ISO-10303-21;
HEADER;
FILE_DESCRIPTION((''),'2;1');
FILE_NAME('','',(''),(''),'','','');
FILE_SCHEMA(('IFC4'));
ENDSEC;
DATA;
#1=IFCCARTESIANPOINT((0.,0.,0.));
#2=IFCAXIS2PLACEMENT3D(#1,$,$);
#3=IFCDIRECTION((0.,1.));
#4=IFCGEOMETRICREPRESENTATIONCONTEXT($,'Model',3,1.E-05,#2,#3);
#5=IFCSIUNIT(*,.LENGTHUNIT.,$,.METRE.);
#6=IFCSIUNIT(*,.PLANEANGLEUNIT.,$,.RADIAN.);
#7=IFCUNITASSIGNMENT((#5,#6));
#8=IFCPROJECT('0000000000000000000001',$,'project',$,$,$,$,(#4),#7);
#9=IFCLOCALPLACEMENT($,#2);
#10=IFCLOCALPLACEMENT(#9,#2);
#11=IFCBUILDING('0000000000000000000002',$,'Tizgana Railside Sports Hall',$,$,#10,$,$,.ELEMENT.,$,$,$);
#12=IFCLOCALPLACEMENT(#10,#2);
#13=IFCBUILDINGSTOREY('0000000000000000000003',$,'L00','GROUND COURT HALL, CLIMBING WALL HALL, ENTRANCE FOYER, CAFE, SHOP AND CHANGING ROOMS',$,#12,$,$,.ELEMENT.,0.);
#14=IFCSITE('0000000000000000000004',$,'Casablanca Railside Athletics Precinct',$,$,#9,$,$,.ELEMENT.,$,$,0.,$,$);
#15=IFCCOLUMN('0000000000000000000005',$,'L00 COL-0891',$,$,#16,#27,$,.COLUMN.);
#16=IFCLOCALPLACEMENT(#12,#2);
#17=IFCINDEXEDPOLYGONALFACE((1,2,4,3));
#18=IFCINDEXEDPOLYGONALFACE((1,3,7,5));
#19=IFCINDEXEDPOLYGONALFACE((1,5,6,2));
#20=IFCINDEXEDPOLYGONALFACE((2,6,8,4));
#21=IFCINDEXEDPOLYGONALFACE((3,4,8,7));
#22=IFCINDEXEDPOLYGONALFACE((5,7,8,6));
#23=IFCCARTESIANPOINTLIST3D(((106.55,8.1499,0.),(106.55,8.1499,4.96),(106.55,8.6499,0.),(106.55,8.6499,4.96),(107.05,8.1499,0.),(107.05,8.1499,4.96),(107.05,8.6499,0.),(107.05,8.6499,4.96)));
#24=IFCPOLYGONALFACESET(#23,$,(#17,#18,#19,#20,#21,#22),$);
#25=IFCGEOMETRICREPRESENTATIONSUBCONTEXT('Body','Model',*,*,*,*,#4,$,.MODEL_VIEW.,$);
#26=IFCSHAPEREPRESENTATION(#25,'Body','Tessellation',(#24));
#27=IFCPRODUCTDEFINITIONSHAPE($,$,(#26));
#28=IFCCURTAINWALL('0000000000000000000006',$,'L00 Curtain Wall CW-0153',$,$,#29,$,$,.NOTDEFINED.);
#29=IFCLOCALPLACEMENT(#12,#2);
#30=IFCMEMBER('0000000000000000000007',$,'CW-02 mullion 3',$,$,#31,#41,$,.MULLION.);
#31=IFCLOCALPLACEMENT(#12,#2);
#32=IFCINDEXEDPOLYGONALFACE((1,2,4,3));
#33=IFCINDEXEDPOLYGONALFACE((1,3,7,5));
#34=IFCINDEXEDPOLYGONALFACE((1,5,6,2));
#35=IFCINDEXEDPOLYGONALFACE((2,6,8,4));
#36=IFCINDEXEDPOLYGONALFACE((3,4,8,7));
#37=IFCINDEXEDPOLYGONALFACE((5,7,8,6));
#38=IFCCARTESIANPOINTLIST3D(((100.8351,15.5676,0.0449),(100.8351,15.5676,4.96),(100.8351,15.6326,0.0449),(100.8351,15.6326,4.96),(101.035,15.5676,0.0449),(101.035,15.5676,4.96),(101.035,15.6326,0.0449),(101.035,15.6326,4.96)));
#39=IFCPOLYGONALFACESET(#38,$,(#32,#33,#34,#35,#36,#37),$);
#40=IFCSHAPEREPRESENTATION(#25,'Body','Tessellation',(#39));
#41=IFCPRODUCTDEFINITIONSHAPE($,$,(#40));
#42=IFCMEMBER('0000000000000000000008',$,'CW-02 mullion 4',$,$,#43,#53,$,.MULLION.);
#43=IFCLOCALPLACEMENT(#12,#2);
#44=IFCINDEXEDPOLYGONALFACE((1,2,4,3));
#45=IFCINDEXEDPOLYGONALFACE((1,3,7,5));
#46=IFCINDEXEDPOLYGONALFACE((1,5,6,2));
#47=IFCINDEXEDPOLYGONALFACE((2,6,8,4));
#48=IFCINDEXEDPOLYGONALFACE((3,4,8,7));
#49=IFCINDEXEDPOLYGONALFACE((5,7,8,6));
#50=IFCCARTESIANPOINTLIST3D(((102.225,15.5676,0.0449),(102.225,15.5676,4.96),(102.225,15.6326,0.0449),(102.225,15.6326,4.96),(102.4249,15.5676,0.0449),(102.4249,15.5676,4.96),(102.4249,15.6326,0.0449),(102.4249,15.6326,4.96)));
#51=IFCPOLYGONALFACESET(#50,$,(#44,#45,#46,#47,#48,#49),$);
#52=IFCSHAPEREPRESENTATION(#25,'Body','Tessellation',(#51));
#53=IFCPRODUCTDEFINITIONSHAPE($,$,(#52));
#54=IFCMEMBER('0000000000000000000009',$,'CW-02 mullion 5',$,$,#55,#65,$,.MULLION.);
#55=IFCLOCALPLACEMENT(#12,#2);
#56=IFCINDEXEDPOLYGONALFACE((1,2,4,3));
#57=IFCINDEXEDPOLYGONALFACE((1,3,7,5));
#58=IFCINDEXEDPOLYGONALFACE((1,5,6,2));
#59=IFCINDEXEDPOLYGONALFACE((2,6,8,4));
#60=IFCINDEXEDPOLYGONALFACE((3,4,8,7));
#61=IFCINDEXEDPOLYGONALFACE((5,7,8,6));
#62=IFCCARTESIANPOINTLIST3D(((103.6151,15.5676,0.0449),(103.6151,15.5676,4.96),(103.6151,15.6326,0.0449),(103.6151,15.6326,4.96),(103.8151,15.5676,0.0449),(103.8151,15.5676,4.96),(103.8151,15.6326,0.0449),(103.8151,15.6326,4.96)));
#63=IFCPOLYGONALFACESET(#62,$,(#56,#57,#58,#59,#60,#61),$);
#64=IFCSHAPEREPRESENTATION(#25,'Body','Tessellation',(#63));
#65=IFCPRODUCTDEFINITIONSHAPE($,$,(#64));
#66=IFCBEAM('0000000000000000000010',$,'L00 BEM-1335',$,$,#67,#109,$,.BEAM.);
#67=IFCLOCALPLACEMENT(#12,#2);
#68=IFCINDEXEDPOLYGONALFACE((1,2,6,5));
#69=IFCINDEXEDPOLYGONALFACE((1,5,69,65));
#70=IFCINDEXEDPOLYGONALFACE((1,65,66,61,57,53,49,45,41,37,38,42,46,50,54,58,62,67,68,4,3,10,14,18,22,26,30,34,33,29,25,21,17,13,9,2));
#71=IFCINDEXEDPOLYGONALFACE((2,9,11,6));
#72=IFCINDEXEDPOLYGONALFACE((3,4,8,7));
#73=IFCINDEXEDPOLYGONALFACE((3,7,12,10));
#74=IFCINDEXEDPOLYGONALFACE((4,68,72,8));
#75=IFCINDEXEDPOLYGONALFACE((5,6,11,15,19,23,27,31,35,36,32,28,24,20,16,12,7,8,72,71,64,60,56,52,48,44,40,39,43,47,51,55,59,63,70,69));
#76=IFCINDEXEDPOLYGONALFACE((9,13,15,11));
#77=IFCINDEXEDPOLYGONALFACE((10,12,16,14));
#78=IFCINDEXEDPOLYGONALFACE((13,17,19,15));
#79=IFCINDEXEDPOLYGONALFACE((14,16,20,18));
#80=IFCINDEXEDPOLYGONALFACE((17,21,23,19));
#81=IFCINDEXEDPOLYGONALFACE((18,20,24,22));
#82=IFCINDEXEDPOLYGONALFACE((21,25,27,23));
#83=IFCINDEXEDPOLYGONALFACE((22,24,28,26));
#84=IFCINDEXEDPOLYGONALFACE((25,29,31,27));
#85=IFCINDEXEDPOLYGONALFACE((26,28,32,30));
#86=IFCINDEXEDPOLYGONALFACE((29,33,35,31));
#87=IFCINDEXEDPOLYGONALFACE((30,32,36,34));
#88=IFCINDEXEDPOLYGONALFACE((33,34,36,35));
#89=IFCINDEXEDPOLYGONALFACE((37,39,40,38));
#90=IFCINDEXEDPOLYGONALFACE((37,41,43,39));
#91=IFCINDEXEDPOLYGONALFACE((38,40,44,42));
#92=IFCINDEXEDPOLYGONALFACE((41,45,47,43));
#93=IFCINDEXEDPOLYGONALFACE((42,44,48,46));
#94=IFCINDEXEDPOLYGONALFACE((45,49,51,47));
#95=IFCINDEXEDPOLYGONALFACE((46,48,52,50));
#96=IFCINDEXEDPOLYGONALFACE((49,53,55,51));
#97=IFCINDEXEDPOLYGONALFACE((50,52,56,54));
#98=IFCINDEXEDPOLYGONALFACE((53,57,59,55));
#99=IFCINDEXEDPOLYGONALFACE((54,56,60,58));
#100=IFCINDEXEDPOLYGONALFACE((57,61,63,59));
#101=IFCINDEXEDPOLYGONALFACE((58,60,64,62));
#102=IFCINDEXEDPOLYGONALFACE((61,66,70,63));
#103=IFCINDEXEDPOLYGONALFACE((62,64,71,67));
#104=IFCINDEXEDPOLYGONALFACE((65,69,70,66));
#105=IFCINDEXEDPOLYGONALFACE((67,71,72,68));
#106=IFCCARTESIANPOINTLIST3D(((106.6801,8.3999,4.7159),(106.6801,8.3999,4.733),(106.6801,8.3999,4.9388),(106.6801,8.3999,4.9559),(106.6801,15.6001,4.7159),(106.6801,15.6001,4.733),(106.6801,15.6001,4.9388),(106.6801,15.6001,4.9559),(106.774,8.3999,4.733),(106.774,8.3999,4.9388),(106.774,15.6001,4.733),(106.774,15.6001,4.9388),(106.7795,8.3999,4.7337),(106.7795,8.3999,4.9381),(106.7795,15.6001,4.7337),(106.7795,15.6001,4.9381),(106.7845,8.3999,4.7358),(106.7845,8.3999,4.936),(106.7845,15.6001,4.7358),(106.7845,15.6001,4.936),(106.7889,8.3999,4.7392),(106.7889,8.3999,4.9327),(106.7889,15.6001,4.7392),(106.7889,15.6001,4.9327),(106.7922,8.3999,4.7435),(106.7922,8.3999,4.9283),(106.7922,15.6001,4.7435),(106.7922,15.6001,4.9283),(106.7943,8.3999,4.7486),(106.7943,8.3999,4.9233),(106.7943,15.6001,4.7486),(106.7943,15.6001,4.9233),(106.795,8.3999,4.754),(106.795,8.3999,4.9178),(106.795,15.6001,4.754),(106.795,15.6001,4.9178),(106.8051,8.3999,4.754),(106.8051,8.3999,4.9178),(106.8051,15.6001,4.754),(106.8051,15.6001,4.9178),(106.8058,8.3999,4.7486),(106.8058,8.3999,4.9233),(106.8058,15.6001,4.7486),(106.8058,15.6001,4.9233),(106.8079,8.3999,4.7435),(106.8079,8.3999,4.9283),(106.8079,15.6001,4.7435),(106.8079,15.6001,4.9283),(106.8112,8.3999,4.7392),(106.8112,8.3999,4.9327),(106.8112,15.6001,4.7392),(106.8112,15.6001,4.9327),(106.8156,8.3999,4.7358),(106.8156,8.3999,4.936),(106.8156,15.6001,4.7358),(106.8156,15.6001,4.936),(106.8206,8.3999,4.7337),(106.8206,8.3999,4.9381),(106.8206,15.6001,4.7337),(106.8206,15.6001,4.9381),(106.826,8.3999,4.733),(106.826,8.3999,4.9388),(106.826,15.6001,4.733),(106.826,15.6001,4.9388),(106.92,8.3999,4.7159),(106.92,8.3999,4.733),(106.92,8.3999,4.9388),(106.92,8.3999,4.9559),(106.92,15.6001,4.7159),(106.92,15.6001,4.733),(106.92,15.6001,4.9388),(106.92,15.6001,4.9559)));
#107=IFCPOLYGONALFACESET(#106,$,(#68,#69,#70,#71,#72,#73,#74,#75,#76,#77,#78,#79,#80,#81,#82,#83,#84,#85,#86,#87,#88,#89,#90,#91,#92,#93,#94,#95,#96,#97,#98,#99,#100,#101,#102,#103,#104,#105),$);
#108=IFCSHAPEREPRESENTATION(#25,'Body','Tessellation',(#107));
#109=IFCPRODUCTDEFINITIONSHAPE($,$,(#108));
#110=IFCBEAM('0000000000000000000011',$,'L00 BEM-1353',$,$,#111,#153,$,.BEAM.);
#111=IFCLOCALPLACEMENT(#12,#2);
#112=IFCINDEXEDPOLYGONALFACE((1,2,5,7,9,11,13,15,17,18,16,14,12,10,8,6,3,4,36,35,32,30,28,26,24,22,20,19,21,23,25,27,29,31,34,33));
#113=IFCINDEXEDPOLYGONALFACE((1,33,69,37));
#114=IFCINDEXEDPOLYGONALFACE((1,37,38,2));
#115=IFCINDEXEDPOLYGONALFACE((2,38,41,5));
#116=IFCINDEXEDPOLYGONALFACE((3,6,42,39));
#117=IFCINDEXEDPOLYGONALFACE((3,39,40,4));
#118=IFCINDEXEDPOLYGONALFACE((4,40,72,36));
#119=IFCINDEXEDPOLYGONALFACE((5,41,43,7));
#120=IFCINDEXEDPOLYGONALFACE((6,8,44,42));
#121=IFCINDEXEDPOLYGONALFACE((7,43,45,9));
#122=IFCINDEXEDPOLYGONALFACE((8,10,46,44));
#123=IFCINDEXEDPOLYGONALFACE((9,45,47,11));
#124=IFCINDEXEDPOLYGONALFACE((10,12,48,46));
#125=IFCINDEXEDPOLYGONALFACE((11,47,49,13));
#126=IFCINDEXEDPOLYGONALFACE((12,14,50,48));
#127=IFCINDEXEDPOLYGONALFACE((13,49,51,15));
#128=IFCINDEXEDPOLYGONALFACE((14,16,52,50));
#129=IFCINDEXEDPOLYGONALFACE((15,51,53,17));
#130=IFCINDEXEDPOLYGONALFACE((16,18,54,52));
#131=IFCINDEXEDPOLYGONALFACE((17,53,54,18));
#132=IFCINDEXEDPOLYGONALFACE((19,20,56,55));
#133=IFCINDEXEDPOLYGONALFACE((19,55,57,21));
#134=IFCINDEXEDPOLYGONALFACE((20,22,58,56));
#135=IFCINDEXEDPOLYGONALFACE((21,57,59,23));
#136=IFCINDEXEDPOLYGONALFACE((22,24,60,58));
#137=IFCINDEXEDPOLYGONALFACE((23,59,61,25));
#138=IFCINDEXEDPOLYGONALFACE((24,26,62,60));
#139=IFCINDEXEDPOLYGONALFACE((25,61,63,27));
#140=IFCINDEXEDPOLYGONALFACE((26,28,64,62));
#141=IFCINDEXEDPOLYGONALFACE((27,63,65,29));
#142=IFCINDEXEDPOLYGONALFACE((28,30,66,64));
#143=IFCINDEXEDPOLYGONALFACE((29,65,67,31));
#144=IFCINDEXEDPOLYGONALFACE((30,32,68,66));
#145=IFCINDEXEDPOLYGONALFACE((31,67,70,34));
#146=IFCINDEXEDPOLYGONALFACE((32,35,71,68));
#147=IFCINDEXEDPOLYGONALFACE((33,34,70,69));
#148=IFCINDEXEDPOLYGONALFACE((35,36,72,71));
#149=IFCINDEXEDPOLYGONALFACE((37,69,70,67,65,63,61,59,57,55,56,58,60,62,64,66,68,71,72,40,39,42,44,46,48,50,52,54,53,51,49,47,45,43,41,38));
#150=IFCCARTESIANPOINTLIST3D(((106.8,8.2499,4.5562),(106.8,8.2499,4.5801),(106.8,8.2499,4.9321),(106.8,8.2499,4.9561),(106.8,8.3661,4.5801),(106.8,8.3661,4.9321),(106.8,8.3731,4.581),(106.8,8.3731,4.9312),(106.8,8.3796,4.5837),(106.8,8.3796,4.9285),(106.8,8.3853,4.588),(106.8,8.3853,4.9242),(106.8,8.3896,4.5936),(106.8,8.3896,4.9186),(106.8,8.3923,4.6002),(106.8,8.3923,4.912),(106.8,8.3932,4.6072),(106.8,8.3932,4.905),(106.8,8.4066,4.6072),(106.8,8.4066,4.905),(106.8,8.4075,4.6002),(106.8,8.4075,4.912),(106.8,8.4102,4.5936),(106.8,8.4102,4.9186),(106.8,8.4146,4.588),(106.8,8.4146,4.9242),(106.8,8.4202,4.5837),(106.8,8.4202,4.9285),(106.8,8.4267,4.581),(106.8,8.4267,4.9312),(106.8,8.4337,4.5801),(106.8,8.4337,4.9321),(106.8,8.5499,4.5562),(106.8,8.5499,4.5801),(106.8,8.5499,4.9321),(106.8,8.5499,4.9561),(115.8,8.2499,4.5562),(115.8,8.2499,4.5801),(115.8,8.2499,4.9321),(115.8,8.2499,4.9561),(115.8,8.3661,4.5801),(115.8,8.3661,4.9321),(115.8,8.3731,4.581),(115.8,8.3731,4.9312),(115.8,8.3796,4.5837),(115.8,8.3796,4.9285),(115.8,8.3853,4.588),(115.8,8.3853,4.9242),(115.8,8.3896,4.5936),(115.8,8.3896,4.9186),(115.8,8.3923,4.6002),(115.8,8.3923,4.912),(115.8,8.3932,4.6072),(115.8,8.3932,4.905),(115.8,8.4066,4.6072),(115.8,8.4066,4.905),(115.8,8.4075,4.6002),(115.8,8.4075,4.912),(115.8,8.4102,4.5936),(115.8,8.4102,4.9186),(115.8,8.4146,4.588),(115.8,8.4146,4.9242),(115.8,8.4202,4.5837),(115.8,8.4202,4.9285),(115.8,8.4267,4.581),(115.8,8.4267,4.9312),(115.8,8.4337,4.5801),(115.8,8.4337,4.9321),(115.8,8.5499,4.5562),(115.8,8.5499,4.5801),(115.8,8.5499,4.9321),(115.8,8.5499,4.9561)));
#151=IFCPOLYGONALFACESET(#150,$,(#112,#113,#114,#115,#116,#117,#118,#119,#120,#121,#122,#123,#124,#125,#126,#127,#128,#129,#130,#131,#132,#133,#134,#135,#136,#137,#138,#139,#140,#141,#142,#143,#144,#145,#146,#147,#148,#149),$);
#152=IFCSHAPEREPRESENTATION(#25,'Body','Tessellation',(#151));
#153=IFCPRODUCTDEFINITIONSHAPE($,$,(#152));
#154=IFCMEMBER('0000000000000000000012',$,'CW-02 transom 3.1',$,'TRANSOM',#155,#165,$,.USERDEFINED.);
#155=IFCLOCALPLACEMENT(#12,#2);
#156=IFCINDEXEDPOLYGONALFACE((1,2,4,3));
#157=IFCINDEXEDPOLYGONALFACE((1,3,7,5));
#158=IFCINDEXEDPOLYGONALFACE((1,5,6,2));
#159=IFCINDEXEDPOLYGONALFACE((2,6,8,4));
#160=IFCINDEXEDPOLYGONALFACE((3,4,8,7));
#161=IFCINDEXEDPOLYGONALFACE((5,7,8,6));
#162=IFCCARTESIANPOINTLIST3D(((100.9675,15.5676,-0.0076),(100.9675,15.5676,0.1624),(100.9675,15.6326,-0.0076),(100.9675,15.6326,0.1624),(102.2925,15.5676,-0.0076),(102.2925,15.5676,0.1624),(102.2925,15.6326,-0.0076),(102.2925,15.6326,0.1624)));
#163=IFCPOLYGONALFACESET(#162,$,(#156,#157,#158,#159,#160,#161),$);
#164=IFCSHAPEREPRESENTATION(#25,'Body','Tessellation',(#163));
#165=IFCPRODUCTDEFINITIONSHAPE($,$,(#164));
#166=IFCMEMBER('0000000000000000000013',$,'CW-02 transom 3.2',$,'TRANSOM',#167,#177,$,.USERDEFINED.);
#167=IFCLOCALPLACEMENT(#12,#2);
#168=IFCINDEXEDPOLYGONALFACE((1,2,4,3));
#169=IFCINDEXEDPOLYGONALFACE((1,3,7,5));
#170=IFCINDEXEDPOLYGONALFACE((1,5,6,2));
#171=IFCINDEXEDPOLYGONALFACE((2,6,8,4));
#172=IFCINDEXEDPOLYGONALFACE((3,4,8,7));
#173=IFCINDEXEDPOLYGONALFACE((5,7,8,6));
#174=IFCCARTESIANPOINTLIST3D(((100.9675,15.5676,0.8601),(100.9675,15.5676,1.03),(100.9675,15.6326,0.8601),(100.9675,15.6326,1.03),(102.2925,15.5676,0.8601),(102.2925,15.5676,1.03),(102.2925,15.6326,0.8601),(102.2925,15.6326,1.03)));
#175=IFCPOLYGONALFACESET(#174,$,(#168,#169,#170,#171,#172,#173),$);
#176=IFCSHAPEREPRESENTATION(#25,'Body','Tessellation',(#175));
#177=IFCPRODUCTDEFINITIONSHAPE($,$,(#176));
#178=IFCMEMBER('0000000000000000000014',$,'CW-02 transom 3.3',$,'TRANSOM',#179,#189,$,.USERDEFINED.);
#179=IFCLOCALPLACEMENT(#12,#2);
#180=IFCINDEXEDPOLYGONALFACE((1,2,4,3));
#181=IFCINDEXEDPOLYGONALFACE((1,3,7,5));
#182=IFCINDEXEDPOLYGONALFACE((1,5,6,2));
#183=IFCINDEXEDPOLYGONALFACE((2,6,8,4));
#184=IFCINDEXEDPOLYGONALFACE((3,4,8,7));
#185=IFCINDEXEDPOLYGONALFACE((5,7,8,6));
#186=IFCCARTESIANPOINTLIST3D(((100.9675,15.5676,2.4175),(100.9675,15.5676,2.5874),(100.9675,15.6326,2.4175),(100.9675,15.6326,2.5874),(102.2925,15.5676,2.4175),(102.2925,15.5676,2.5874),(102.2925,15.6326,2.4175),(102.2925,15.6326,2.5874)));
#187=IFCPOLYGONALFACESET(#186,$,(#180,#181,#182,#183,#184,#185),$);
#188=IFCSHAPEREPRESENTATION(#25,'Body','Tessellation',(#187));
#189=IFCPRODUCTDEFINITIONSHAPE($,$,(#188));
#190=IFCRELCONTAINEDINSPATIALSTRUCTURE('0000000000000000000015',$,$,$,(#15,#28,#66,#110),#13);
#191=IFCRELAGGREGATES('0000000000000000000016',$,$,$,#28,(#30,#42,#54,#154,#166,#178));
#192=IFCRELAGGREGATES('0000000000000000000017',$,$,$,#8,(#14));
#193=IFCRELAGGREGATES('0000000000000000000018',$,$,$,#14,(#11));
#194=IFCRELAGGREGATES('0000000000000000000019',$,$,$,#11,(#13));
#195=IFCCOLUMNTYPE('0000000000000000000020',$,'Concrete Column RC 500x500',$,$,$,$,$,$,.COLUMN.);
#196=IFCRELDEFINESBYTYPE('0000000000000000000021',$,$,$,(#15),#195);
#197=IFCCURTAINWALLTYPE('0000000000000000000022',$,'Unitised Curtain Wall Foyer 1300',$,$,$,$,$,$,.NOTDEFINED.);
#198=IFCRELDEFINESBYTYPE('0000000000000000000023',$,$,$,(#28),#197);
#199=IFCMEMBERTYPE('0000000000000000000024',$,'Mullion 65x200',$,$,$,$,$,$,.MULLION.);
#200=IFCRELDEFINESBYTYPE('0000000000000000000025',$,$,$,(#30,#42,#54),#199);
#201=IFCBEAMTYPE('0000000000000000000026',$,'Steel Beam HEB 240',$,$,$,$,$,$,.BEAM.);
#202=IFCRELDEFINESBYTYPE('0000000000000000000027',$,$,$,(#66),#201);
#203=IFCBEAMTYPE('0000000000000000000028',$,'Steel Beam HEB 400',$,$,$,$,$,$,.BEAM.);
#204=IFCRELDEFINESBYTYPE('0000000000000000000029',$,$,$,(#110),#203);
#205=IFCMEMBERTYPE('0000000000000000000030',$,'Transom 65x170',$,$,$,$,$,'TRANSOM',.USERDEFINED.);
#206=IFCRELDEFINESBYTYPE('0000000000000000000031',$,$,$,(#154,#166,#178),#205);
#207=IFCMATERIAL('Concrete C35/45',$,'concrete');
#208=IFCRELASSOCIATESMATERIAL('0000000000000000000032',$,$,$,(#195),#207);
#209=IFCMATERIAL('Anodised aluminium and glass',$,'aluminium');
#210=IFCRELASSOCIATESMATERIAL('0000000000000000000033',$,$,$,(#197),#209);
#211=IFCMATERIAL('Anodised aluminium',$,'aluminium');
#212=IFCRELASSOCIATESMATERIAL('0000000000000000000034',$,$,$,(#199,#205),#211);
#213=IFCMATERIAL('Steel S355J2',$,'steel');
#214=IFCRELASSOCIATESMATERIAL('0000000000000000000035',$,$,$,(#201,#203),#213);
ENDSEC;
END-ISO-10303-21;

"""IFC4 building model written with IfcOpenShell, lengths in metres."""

from ifc_helpers import new_model, si_unit, direction, frame, origin, origin_2d, place, context, subcontext, project, spatial, rectangle, i_section, extrude, material, material_profile, profile_set, type_object, element, aggregate, save


model = new_model("IFC4")

# Units and contexts
model_context = context("Model", 3, precision=1e-05, world=origin(), true_north=direction((0.0, 1.0)))
body_context = subcontext(model_context, "Body", "Model", "MODEL_VIEW")
ifc_project = project(units=[si_unit("LENGTHUNIT", "METRE"), si_unit("PLANEANGLEUNIT", "RADIAN")], contexts=[model_context])

# Site, building, storey
site_placement = place(None, origin())
site = spatial("IfcSite", under=ifc_project, at=site_placement, Name="Casablanca Railside Athletics Precinct", CompositionType="ELEMENT", RefElevation=0.0)
building_placement = place(site_placement, origin())
building = spatial("IfcBuilding", under=site, at=building_placement, Name="Tizgana Railside Sports Hall", CompositionType="ELEMENT")
storey_placement = place(building_placement, origin())
storey = spatial("IfcBuildingStorey", under=building, at=storey_placement, Name="L00", Description="GROUND COURT HALL, CLIMBING WALL HALL, ENTRANCE FOYER, CAFE, SHOP AND CHANGING ROOMS", CompositionType="ELEMENT", Elevation=0.0)

# Column
ifc_material_1 = material(Name="Concrete C35/45", Category="concrete")
ifc_material_profile_1 = material_profile(ifc_material_1, rectangle(XDim=0.5, YDim=0.5, at=origin_2d()), Name="RC 500x500")
ifc_profile_set_1 = profile_set([ifc_material_profile_1], Name="Concrete C35/45")
column_type = type_object("IfcColumnType", Name="Concrete Column RC 500x500", PredefinedType="COLUMN", material=ifc_profile_set_1)
column_placement = place(storey_placement, frame((106.8, 8.3999, 0.0), z_axis=(0.0, 0.0, 1.0), x_axis=(1.0, 0.0, 0.0)))
element("IfcColumn", 1, at=column_placement, inside=storey, type_object=column_type, Name="L00 COL-0891", PredefinedType="COLUMN", context=body_context, shape_type="SweptSolid", body=[
    extrude(rectangle(XDim=0.5, YDim=0.5, at=origin_2d()), origin(), (0.0, 0.0, 1.0), 4.96),
])

# Curtain wall, members
ifc_material_2 = material(Name="Anodised aluminium and glass", Category="aluminium")
curtain_wall_type = type_object("IfcCurtainWallType", Name="Unitised Curtain Wall Foyer 1300", PredefinedType="NOTDEFINED", material=ifc_material_2)
curtain_wall_placement = place(storey_placement, origin())
curtain_wall = element("IfcCurtainWall", 2, at=curtain_wall_placement, inside=storey, type_object=curtain_wall_type, Name="L00 Curtain Wall CW-0153", PredefinedType="NOTDEFINED")
ifc_material_3 = material(Name="Anodised aluminium", Category="aluminium")
ifc_material_profile_2 = material_profile(ifc_material_3, rectangle(XDim=0.0649, YDim=0.2, at=origin_2d()), Name="Mullion 65x200")
ifc_profile_set_2 = profile_set([ifc_material_profile_2], Name="Anodised aluminium")
member_type_1 = type_object("IfcMemberType", Name="Mullion 65x200", PredefinedType="MULLION", material=ifc_profile_set_2)
member_1_placement = place(storey_placement, frame((100.9351, 15.6001, 0.0449), z_axis=(0.0, 0.0, 1.0), x_axis=(0.0, 1.0, 0.0)))
member_1 = element("IfcMember", 3, at=member_1_placement, type_object=member_type_1, Name="CW-02 mullion 3", PredefinedType="MULLION", context=body_context, shape_type="SweptSolid", body=[
    extrude(rectangle(XDim=0.0649, YDim=0.2, at=origin_2d()), origin(), (0.0, 0.0, 1.0), 4.915),
])
member_2_placement = place(storey_placement, frame((102.325, 15.6001, 0.0449), z_axis=(0.0, 0.0, 1.0), x_axis=(0.0, 1.0, 0.0)))
member_2 = element("IfcMember", 4, at=member_2_placement, type_object=member_type_1, Name="CW-02 mullion 4", PredefinedType="MULLION", context=body_context, shape_type="SweptSolid", body=[
    extrude(rectangle(XDim=0.0649, YDim=0.2, at=origin_2d()), origin(), (0.0, 0.0, 1.0), 4.915),
])
member_3_placement = place(storey_placement, frame((103.7151, 15.6001, 0.0449), z_axis=(0.0, 0.0, 1.0), x_axis=(0.0, 1.0, 0.0)))
member_3 = element("IfcMember", 5, at=member_3_placement, type_object=member_type_1, Name="CW-02 mullion 5", PredefinedType="MULLION", context=body_context, shape_type="SweptSolid", body=[
    extrude(rectangle(XDim=0.0649, YDim=0.2, at=origin_2d()), origin(), (0.0, 0.0, 1.0), 4.915),
])

# Beams
ifc_material_4 = material(Name="Steel S355J2", Category="steel")
ifc_material_profile_3 = material_profile(ifc_material_4, i_section(OverallWidth=0.24, OverallDepth=0.24, WebThickness=0.01, FlangeThickness=0.0171, FilletRadius=0.021, at=origin_2d()), Name="HEB 240")
ifc_profile_set_3 = profile_set([ifc_material_profile_3], Name="Steel S355J2")
beam_type_1 = type_object("IfcBeamType", Name="Steel Beam HEB 240", PredefinedType="BEAM", material=ifc_profile_set_3)
beam_1_placement = place(storey_placement, frame((106.8, 8.3999, 4.8359), z_axis=(0.0, 1.0, 0.0), x_axis=(-1.0, 0.0, 0.0)))
element("IfcBeam", 6, at=beam_1_placement, inside=storey, type_object=beam_type_1, Name="L00 BEM-1335", PredefinedType="BEAM", context=body_context, shape_type="SweptSolid", body=[
    extrude(i_section(OverallWidth=0.24, OverallDepth=0.24, WebThickness=0.01, FlangeThickness=0.0171, FilletRadius=0.021, at=origin_2d()), origin(), (0.0, 0.0, 1.0), 7.2002),
])
ifc_material_profile_4 = material_profile(ifc_material_4, i_section(OverallWidth=0.3, OverallDepth=0.3999, WebThickness=0.0134, FlangeThickness=0.0239, FilletRadius=0.0271, at=origin_2d()), Name="HEB 400")
ifc_profile_set_4 = profile_set([ifc_material_profile_4], Name="Steel S355J2")
beam_type_2 = type_object("IfcBeamType", Name="Steel Beam HEB 400", PredefinedType="BEAM", material=ifc_profile_set_4)
beam_2_placement = place(storey_placement, frame((106.8, 8.3999, 4.7561), z_axis=(1.0, 0.0, 0.0), x_axis=(0.0, 1.0, 0.0)))
element("IfcBeam", 7, at=beam_2_placement, inside=storey, type_object=beam_type_2, Name="L00 BEM-1353", PredefinedType="BEAM", context=body_context, shape_type="SweptSolid", body=[
    extrude(i_section(OverallWidth=0.3, OverallDepth=0.3999, WebThickness=0.0134, FlangeThickness=0.0239, FilletRadius=0.0271, at=origin_2d()), origin(), (0.0, 0.0, 1.0), 9.0),
])

# Members
ifc_material_profile_5 = material_profile(ifc_material_3, rectangle(XDim=0.0649, YDim=0.1699, at=origin_2d()), Name="Transom 65x170")
ifc_profile_set_5 = profile_set([ifc_material_profile_5], Name="Anodised aluminium")
member_type_2 = type_object("IfcMemberType", Name="Transom 65x170", ElementType="TRANSOM", PredefinedType="USERDEFINED", material=ifc_profile_set_5)
member_4_placement = place(storey_placement, frame((100.9675, 15.6001, 0.0774), z_axis=(1.0, 0.0, 0.0), x_axis=(0.0, 1.0, 0.0)))
member_4 = element("IfcMember", 8, at=member_4_placement, type_object=member_type_2, Name="CW-02 transom 3.1", ObjectType="TRANSOM", PredefinedType="USERDEFINED", context=body_context, shape_type="SweptSolid", body=[
    extrude(rectangle(XDim=0.0649, YDim=0.1699, at=origin_2d()), origin(), (0.0, 0.0, 1.0), 1.325),
])
member_5_placement = place(storey_placement, frame((100.9675, 15.6001, 0.9451), z_axis=(1.0, 0.0, 0.0), x_axis=(0.0, 1.0, 0.0)))
member_5 = element("IfcMember", 9, at=member_5_placement, type_object=member_type_2, Name="CW-02 transom 3.2", ObjectType="TRANSOM", PredefinedType="USERDEFINED", context=body_context, shape_type="SweptSolid", body=[
    extrude(rectangle(XDim=0.0649, YDim=0.1699, at=origin_2d()), origin(), (0.0, 0.0, 1.0), 1.325),
])
member_6_placement = place(storey_placement, frame((100.9675, 15.6001, 2.5024), z_axis=(1.0, 0.0, 0.0), x_axis=(0.0, 1.0, 0.0)))
member_6 = element("IfcMember", 10, at=member_6_placement, type_object=member_type_2, Name="CW-02 transom 3.3", ObjectType="TRANSOM", PredefinedType="USERDEFINED", context=body_context, shape_type="SweptSolid", body=[
    extrude(rectangle(XDim=0.0649, YDim=0.1699, at=origin_2d()), origin(), (0.0, 0.0, 1.0), 1.325),
])

aggregate(curtain_wall, [member_1, member_2, member_3, member_4, member_5, member_6])

save(model, "model.ifc")
